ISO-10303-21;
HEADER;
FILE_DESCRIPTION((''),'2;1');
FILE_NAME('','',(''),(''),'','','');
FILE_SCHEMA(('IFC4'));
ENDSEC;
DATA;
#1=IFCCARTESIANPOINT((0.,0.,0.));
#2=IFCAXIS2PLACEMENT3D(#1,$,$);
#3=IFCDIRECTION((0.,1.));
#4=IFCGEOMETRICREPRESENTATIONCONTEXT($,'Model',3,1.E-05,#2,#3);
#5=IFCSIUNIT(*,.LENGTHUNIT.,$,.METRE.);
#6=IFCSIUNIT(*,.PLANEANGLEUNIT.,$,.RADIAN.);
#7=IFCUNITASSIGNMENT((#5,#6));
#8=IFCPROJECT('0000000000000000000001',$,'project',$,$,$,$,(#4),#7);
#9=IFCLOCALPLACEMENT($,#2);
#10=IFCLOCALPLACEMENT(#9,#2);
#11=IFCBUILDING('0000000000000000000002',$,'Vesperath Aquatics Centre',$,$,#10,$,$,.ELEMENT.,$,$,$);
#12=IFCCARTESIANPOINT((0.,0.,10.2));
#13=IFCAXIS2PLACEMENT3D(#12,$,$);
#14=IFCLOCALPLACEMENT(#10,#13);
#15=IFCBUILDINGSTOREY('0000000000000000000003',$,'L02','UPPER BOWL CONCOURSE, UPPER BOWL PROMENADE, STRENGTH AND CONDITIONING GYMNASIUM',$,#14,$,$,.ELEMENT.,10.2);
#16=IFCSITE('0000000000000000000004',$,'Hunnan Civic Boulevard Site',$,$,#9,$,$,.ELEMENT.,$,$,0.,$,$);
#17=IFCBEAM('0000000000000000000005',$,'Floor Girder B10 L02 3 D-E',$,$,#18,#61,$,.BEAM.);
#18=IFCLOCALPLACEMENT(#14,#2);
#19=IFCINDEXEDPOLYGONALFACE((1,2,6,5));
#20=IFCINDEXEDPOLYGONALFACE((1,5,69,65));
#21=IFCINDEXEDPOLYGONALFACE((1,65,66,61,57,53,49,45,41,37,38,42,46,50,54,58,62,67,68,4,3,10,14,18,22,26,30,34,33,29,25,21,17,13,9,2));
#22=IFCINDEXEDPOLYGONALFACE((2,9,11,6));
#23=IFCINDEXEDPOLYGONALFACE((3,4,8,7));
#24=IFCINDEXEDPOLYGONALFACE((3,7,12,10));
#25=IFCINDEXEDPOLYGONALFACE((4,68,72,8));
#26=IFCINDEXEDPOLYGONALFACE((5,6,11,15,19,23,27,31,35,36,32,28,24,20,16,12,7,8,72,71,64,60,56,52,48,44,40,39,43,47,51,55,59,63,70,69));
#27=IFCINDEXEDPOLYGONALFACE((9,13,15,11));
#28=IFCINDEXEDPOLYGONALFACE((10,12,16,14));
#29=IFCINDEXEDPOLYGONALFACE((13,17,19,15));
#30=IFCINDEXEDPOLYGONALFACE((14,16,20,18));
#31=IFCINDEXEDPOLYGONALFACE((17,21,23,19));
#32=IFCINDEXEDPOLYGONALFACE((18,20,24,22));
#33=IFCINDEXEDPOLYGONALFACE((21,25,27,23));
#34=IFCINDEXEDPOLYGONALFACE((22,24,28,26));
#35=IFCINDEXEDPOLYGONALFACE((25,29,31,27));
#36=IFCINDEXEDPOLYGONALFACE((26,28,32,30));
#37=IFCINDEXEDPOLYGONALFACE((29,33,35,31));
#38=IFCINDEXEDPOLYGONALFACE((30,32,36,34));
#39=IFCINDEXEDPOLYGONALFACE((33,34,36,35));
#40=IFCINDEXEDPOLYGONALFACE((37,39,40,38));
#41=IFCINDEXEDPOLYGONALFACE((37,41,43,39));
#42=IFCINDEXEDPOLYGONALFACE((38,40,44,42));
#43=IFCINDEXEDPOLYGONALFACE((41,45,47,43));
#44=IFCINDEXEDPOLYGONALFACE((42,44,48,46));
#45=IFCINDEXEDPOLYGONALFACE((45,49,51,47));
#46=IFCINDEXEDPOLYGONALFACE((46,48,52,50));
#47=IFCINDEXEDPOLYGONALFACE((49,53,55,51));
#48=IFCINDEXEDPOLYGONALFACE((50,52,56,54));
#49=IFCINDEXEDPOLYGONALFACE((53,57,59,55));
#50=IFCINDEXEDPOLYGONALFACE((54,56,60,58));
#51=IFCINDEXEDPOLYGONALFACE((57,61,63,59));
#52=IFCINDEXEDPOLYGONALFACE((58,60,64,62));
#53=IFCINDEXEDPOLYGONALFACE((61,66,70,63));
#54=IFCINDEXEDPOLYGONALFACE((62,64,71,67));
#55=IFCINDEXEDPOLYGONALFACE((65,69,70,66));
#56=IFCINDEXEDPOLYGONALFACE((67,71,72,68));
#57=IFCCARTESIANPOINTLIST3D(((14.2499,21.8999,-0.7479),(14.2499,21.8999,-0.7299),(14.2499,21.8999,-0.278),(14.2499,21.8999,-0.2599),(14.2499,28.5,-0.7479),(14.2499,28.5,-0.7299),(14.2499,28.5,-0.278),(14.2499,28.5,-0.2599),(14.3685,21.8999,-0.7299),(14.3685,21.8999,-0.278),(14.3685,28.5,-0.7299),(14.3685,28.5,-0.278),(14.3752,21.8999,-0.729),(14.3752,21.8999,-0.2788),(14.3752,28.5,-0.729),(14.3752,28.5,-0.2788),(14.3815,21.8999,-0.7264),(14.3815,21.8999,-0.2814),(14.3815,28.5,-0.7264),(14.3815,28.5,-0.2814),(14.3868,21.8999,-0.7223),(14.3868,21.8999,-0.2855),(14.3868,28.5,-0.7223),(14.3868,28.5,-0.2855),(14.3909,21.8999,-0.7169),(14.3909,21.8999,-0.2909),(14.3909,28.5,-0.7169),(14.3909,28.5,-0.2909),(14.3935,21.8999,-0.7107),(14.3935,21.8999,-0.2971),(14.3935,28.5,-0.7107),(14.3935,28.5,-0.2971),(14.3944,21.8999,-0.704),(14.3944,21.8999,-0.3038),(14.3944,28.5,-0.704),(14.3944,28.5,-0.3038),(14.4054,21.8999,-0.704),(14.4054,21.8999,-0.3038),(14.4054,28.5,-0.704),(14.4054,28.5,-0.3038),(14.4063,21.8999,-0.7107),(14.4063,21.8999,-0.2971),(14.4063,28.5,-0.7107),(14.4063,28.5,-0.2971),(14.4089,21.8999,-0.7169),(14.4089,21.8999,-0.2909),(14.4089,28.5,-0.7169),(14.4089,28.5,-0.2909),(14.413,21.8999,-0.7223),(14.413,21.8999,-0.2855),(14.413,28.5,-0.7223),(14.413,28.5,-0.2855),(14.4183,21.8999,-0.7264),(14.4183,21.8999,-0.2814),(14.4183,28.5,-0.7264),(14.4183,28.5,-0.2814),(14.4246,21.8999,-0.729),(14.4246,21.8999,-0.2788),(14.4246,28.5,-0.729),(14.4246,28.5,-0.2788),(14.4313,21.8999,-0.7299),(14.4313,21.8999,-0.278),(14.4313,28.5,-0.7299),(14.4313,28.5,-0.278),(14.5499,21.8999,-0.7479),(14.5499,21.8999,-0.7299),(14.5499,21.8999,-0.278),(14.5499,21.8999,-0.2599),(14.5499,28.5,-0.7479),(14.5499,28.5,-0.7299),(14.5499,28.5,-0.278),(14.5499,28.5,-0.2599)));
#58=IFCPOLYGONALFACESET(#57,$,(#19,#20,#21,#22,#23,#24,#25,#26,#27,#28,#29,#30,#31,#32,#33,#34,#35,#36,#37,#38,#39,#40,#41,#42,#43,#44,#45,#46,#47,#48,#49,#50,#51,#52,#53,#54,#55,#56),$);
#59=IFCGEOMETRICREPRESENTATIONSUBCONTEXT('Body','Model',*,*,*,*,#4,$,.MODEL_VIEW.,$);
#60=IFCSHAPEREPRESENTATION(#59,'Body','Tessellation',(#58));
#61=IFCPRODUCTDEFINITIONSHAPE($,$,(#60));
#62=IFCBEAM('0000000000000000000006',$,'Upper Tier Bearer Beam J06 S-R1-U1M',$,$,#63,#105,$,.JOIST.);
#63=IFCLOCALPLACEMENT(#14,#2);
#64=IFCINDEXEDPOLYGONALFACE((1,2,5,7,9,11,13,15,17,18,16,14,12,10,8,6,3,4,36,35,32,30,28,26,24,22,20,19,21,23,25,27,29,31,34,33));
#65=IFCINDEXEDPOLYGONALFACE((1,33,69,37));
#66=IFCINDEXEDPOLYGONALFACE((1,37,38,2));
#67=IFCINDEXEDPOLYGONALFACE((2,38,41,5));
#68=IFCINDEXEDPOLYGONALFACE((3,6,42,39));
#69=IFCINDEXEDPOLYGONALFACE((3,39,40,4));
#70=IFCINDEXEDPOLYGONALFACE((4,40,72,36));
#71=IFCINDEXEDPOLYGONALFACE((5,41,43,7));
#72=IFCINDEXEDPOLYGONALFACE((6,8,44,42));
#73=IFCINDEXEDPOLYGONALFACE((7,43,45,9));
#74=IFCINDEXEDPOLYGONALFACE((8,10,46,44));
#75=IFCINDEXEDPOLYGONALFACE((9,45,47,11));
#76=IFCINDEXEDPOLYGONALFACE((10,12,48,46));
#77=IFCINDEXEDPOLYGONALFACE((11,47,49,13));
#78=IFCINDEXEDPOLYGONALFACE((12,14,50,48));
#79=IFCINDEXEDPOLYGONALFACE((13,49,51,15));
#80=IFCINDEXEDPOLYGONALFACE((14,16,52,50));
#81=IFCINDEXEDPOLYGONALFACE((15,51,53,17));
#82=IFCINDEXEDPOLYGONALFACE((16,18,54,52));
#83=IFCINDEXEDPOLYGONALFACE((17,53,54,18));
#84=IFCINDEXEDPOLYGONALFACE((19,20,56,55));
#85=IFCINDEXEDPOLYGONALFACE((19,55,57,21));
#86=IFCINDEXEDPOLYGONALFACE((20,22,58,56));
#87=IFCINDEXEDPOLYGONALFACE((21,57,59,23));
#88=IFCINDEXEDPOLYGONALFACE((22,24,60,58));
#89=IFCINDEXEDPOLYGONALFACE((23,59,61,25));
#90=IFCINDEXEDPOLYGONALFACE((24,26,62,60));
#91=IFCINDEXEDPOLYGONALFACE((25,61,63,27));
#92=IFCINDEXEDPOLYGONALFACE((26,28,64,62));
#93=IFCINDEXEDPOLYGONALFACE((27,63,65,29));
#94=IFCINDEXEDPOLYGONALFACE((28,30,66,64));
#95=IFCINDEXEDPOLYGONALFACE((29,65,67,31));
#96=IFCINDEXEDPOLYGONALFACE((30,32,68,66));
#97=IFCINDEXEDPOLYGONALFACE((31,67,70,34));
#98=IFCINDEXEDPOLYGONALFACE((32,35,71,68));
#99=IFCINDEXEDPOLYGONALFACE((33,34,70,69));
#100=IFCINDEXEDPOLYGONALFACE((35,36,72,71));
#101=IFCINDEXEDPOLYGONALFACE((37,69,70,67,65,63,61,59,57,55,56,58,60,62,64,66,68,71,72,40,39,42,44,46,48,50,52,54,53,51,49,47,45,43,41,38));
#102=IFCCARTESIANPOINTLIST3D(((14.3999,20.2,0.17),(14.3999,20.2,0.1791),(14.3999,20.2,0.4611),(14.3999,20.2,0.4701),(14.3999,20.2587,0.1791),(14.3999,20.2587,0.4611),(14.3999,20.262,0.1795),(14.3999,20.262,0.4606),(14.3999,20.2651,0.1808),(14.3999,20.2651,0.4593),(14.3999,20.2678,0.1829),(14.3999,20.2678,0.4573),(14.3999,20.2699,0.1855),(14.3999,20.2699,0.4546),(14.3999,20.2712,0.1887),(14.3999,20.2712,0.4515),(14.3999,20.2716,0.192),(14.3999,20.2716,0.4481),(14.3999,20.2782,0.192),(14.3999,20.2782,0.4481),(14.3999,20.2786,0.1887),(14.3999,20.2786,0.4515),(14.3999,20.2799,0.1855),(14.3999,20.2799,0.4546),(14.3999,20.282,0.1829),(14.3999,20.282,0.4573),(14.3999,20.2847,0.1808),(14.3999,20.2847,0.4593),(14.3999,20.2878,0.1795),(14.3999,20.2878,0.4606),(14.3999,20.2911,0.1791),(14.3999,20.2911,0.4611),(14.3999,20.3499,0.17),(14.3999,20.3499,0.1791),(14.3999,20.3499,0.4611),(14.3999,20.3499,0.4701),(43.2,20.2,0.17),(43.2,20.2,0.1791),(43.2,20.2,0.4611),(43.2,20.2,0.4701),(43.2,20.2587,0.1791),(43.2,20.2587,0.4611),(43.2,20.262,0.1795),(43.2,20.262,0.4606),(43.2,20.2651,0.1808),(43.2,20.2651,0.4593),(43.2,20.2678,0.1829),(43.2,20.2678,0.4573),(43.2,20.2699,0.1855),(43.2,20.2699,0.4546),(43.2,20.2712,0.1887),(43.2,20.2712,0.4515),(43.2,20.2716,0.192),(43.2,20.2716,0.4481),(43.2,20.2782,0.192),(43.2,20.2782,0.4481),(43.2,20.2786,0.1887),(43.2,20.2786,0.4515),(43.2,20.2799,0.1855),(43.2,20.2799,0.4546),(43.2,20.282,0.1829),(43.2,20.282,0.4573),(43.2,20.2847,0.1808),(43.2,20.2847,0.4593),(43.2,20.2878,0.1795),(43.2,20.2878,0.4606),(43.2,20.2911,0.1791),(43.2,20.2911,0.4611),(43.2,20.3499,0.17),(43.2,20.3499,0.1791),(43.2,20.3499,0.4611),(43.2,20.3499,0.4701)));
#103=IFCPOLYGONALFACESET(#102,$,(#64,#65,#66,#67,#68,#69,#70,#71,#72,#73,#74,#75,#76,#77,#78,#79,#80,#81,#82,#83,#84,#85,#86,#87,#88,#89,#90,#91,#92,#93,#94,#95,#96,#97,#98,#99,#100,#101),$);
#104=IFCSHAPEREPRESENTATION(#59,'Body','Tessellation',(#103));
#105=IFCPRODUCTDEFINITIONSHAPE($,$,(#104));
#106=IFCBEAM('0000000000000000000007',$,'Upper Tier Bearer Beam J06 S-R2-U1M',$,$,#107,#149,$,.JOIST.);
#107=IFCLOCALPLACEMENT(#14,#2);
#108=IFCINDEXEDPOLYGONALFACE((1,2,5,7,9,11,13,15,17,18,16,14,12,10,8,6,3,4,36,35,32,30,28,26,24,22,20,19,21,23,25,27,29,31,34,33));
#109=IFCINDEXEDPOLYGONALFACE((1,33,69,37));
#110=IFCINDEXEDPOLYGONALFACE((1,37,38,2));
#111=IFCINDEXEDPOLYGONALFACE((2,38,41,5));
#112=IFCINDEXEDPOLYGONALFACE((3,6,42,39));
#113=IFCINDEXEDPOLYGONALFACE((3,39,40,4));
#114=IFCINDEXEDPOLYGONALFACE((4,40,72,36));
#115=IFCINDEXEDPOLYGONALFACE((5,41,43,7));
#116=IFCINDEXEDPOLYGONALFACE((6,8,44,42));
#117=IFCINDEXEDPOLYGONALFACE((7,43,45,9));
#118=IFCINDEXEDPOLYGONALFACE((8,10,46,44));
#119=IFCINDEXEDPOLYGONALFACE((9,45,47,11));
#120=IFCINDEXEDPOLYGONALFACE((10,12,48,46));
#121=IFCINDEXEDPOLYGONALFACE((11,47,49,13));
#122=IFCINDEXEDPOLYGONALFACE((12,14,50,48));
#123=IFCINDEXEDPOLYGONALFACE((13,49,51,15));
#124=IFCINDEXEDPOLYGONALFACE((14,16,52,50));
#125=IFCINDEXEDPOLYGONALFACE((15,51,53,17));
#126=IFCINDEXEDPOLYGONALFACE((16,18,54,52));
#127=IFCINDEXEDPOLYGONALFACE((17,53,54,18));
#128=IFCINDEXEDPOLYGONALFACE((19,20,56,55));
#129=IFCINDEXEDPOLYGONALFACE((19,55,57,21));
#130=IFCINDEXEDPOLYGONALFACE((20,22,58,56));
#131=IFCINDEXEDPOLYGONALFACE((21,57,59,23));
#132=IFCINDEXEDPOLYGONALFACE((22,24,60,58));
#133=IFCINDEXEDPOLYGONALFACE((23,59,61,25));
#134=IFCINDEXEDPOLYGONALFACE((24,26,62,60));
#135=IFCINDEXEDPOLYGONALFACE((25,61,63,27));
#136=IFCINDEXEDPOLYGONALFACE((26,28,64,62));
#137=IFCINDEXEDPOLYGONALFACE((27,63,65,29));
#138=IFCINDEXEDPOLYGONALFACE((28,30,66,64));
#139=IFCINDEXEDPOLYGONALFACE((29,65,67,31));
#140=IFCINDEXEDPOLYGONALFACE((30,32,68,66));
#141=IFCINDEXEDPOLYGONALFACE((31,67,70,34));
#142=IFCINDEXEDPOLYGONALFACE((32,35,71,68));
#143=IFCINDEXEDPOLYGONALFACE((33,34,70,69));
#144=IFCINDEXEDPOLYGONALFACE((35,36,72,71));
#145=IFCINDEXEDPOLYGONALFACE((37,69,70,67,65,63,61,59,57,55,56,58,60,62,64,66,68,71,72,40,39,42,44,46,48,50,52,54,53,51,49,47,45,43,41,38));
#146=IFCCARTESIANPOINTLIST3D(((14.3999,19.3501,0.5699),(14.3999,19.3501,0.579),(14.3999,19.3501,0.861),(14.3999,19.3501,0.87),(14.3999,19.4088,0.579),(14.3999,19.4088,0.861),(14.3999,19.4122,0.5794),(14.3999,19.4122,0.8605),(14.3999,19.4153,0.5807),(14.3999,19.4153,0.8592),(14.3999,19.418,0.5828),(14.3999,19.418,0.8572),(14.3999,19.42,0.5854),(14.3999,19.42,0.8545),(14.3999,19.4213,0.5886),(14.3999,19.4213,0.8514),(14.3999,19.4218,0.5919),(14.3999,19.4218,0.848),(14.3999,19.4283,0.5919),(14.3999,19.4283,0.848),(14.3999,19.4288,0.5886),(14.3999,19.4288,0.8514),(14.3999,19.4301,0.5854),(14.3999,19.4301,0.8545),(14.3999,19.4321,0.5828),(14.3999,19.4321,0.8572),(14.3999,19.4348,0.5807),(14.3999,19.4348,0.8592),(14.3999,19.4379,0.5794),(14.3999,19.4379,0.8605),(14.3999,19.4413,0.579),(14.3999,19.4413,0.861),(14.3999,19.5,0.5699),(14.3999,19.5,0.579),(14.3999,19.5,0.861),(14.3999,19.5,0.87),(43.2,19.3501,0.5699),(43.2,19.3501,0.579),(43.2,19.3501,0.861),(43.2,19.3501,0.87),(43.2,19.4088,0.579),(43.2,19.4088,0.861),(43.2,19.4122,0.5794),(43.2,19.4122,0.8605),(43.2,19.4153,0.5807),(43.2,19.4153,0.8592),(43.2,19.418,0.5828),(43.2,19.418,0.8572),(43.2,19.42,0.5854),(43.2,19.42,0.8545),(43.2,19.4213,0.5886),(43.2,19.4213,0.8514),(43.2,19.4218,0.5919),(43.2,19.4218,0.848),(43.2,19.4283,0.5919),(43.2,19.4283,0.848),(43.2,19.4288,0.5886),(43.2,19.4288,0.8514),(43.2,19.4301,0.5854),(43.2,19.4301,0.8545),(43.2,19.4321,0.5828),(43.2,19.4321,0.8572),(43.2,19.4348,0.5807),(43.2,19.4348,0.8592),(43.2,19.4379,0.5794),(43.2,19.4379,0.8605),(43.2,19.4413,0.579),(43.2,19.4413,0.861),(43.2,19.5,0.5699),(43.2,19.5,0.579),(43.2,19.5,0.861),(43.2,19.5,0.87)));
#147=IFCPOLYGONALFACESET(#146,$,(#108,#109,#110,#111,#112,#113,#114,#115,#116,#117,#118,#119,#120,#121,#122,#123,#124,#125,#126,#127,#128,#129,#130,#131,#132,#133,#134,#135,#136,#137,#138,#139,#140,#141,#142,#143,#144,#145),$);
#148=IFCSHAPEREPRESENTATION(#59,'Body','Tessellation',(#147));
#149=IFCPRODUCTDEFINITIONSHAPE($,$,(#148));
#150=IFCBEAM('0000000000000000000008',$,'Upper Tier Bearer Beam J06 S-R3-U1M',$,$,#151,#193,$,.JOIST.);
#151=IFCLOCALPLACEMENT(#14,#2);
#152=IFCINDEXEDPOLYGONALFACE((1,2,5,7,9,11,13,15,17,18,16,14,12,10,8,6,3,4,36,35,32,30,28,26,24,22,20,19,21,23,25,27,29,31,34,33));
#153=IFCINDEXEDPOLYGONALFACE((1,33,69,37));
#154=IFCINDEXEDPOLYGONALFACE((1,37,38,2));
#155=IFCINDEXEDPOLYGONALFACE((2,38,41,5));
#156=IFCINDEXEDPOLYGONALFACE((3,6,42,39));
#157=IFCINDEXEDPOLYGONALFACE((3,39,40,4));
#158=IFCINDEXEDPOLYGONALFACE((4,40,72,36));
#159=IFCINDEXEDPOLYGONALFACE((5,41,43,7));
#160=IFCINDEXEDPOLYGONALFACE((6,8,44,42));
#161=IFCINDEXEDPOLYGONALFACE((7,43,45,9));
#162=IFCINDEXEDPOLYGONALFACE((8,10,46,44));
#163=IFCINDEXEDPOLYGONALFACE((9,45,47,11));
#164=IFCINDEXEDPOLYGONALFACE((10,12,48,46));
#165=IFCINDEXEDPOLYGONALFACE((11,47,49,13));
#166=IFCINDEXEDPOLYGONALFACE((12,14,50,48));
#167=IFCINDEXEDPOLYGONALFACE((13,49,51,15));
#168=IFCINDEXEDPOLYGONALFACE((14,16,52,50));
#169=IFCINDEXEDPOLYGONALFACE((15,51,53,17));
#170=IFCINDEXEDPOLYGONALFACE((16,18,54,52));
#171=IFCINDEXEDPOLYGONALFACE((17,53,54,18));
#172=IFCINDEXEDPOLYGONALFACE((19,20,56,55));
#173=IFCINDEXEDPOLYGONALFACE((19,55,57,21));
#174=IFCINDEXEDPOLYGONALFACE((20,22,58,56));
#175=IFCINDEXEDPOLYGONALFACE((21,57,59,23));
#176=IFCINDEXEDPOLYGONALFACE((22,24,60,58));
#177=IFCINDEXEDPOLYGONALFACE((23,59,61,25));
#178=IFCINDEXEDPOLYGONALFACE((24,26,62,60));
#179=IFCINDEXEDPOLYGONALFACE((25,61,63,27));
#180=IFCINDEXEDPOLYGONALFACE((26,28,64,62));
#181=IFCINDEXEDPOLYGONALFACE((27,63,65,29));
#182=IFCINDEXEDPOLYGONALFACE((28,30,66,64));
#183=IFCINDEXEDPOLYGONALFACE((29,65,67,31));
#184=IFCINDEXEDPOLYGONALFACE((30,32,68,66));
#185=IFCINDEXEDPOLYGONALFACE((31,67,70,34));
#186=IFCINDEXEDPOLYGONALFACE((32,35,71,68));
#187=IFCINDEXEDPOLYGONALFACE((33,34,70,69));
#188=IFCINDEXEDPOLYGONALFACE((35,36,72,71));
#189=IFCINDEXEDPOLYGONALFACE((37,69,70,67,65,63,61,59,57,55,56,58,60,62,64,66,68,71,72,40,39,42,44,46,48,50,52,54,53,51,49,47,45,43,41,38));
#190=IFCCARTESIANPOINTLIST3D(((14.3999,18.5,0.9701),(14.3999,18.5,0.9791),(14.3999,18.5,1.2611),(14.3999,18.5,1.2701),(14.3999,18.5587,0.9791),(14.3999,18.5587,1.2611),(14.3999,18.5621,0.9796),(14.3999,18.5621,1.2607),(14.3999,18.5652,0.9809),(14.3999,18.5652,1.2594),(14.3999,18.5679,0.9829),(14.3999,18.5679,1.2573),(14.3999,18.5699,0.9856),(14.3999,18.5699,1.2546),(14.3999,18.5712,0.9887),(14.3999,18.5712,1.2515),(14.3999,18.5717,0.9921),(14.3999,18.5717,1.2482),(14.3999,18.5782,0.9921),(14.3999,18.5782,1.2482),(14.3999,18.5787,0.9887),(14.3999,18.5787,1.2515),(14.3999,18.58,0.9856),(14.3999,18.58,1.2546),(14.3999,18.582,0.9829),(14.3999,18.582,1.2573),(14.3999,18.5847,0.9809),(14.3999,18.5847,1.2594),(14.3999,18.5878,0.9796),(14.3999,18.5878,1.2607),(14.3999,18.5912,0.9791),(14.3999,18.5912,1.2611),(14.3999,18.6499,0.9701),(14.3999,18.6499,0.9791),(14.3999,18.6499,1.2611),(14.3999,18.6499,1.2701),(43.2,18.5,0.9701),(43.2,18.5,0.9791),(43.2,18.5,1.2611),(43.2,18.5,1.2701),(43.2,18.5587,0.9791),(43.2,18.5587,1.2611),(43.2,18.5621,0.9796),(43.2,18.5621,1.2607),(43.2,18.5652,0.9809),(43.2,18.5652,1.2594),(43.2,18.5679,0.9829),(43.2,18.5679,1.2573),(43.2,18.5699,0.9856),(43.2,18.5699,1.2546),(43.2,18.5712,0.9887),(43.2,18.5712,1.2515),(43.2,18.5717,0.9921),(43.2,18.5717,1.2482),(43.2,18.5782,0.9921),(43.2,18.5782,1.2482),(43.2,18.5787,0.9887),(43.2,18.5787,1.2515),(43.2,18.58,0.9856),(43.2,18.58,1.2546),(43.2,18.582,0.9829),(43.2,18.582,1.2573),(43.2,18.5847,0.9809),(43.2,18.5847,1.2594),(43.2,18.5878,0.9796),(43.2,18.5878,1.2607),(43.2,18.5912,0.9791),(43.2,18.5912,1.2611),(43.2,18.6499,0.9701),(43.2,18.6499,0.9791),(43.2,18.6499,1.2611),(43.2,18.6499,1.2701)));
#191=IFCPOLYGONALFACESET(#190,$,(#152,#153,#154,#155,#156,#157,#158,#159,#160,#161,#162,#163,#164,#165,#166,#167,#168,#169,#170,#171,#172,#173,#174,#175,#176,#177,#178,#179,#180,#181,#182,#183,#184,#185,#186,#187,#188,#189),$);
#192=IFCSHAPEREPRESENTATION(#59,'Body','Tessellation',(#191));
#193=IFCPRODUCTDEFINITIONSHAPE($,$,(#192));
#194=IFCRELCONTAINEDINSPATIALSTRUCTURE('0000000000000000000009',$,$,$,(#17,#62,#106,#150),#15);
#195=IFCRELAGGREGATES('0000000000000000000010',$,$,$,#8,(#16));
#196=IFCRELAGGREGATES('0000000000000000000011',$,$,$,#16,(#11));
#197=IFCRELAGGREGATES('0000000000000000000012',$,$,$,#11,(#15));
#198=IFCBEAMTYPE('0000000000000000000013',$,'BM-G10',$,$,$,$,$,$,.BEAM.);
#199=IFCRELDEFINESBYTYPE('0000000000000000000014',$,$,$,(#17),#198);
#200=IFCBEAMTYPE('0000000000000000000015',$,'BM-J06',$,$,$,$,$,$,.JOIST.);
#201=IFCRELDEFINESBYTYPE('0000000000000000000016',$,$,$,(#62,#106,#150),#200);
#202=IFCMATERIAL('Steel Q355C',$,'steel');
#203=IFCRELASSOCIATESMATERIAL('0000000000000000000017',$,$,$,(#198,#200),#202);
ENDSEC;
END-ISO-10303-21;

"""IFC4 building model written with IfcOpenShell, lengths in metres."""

from ifc_helpers import new_model, si_unit, direction, frame, origin, origin_2d, place, context, subcontext, project, spatial, i_section, extrude, material, material_profile, profile_set, type_object, element, save


model = new_model("IFC4")

# Units and contexts
model_context = context("Model", 3, precision=1e-05, world=origin(), true_north=direction((0.0, 1.0)))
body_context = subcontext(model_context, "Body", "Model", "MODEL_VIEW")
ifc_project = project(units=[si_unit("LENGTHUNIT", "METRE"), si_unit("PLANEANGLEUNIT", "RADIAN")], contexts=[model_context])

# Site, building, storey
site_placement = place(None, origin())
site = spatial("IfcSite", under=ifc_project, at=site_placement, Name="Hunnan Civic Boulevard Site", CompositionType="ELEMENT", RefElevation=0.0)
building_placement = place(site_placement, origin())
building = spatial("IfcBuilding", under=site, at=building_placement, Name="Vesperath Aquatics Centre", CompositionType="ELEMENT")
storey_placement = place(building_placement, frame((0.0, 0.0, 10.2)))
storey = spatial("IfcBuildingStorey", under=building, at=storey_placement, Name="L02", Description="UPPER BOWL CONCOURSE, UPPER BOWL PROMENADE, STRENGTH AND CONDITIONING GYMNASIUM", CompositionType="ELEMENT", Elevation=10.2)

# Beams
ifc_material_1 = material(Name="Steel Q355C", Category="steel")
ifc_material_profile_1 = material_profile(ifc_material_1, i_section(OverallWidth=0.3, OverallDepth=0.488, WebThickness=0.011, FlangeThickness=0.0181, FilletRadius=0.0259, at=origin_2d()), Name="HM 488x300x11x18")
ifc_profile_set_1 = profile_set([ifc_material_profile_1], Name="Steel Q355C")
beam_type_1 = type_object("IfcBeamType", Name="BM-G10", PredefinedType="BEAM", material=ifc_profile_set_1)
for number, where, z_axis, x_axis, name in (
    (1, (14.3999, 21.8999, -0.5039), (0.0, 1.0, 0.0), (-1.0, 0.0, 0.0), "Floor Girder B10 L02 3 D-E"),
):
    element("IfcBeam", number, at=place(storey_placement, frame(where, z_axis=z_axis, x_axis=x_axis)), inside=storey, type_object=beam_type_1, Name=name, PredefinedType="BEAM", context=body_context, shape_type="SweptSolid", body=[
        extrude(i_section(OverallWidth=0.3, OverallDepth=0.488, WebThickness=0.011, FlangeThickness=0.0181, FilletRadius=0.0259, at=origin_2d()), origin(), (0.0, 0.0, 1.0), 6.6001),
    ])
ifc_material_profile_2 = material_profile(ifc_material_1, i_section(OverallWidth=0.1499, OverallDepth=0.3, WebThickness=0.0066, FlangeThickness=0.009, FilletRadius=0.0129, at=origin_2d()), Name="HN 300x150x6.5x9")
ifc_profile_set_2 = profile_set([ifc_material_profile_2], Name="Steel Q355C")
beam_type_2 = type_object("IfcBeamType", Name="BM-J06", PredefinedType="JOIST", material=ifc_profile_set_2)
for number, where, z_axis, x_axis, name in (
    (2, (14.3999, 20.2749, 0.3201), (1.0, 0.0, 0.0), (0.0, 1.0, 0.0), "Upper Tier Bearer Beam J06 S-R1-U1M"),
    (3, (14.3999, 19.425, 0.72), (1.0, 0.0, 0.0), (0.0, 1.0, 0.0), "Upper Tier Bearer Beam J06 S-R2-U1M"),
    (4, (14.3999, 18.575, 1.1201), (1.0, 0.0, 0.0), (0.0, 1.0, 0.0), "Upper Tier Bearer Beam J06 S-R3-U1M"),
):
    element("IfcBeam", number, at=place(storey_placement, frame(where, z_axis=z_axis, x_axis=x_axis)), inside=storey, type_object=beam_type_2, Name=name, PredefinedType="JOIST", context=body_context, shape_type="SweptSolid", body=[
        extrude(i_section(OverallWidth=0.1499, OverallDepth=0.3, WebThickness=0.0066, FlangeThickness=0.009, FilletRadius=0.0129, at=origin_2d()), origin(), (0.0, 0.0, 1.0), 28.8),
    ])

save(model, "model.ifc")
